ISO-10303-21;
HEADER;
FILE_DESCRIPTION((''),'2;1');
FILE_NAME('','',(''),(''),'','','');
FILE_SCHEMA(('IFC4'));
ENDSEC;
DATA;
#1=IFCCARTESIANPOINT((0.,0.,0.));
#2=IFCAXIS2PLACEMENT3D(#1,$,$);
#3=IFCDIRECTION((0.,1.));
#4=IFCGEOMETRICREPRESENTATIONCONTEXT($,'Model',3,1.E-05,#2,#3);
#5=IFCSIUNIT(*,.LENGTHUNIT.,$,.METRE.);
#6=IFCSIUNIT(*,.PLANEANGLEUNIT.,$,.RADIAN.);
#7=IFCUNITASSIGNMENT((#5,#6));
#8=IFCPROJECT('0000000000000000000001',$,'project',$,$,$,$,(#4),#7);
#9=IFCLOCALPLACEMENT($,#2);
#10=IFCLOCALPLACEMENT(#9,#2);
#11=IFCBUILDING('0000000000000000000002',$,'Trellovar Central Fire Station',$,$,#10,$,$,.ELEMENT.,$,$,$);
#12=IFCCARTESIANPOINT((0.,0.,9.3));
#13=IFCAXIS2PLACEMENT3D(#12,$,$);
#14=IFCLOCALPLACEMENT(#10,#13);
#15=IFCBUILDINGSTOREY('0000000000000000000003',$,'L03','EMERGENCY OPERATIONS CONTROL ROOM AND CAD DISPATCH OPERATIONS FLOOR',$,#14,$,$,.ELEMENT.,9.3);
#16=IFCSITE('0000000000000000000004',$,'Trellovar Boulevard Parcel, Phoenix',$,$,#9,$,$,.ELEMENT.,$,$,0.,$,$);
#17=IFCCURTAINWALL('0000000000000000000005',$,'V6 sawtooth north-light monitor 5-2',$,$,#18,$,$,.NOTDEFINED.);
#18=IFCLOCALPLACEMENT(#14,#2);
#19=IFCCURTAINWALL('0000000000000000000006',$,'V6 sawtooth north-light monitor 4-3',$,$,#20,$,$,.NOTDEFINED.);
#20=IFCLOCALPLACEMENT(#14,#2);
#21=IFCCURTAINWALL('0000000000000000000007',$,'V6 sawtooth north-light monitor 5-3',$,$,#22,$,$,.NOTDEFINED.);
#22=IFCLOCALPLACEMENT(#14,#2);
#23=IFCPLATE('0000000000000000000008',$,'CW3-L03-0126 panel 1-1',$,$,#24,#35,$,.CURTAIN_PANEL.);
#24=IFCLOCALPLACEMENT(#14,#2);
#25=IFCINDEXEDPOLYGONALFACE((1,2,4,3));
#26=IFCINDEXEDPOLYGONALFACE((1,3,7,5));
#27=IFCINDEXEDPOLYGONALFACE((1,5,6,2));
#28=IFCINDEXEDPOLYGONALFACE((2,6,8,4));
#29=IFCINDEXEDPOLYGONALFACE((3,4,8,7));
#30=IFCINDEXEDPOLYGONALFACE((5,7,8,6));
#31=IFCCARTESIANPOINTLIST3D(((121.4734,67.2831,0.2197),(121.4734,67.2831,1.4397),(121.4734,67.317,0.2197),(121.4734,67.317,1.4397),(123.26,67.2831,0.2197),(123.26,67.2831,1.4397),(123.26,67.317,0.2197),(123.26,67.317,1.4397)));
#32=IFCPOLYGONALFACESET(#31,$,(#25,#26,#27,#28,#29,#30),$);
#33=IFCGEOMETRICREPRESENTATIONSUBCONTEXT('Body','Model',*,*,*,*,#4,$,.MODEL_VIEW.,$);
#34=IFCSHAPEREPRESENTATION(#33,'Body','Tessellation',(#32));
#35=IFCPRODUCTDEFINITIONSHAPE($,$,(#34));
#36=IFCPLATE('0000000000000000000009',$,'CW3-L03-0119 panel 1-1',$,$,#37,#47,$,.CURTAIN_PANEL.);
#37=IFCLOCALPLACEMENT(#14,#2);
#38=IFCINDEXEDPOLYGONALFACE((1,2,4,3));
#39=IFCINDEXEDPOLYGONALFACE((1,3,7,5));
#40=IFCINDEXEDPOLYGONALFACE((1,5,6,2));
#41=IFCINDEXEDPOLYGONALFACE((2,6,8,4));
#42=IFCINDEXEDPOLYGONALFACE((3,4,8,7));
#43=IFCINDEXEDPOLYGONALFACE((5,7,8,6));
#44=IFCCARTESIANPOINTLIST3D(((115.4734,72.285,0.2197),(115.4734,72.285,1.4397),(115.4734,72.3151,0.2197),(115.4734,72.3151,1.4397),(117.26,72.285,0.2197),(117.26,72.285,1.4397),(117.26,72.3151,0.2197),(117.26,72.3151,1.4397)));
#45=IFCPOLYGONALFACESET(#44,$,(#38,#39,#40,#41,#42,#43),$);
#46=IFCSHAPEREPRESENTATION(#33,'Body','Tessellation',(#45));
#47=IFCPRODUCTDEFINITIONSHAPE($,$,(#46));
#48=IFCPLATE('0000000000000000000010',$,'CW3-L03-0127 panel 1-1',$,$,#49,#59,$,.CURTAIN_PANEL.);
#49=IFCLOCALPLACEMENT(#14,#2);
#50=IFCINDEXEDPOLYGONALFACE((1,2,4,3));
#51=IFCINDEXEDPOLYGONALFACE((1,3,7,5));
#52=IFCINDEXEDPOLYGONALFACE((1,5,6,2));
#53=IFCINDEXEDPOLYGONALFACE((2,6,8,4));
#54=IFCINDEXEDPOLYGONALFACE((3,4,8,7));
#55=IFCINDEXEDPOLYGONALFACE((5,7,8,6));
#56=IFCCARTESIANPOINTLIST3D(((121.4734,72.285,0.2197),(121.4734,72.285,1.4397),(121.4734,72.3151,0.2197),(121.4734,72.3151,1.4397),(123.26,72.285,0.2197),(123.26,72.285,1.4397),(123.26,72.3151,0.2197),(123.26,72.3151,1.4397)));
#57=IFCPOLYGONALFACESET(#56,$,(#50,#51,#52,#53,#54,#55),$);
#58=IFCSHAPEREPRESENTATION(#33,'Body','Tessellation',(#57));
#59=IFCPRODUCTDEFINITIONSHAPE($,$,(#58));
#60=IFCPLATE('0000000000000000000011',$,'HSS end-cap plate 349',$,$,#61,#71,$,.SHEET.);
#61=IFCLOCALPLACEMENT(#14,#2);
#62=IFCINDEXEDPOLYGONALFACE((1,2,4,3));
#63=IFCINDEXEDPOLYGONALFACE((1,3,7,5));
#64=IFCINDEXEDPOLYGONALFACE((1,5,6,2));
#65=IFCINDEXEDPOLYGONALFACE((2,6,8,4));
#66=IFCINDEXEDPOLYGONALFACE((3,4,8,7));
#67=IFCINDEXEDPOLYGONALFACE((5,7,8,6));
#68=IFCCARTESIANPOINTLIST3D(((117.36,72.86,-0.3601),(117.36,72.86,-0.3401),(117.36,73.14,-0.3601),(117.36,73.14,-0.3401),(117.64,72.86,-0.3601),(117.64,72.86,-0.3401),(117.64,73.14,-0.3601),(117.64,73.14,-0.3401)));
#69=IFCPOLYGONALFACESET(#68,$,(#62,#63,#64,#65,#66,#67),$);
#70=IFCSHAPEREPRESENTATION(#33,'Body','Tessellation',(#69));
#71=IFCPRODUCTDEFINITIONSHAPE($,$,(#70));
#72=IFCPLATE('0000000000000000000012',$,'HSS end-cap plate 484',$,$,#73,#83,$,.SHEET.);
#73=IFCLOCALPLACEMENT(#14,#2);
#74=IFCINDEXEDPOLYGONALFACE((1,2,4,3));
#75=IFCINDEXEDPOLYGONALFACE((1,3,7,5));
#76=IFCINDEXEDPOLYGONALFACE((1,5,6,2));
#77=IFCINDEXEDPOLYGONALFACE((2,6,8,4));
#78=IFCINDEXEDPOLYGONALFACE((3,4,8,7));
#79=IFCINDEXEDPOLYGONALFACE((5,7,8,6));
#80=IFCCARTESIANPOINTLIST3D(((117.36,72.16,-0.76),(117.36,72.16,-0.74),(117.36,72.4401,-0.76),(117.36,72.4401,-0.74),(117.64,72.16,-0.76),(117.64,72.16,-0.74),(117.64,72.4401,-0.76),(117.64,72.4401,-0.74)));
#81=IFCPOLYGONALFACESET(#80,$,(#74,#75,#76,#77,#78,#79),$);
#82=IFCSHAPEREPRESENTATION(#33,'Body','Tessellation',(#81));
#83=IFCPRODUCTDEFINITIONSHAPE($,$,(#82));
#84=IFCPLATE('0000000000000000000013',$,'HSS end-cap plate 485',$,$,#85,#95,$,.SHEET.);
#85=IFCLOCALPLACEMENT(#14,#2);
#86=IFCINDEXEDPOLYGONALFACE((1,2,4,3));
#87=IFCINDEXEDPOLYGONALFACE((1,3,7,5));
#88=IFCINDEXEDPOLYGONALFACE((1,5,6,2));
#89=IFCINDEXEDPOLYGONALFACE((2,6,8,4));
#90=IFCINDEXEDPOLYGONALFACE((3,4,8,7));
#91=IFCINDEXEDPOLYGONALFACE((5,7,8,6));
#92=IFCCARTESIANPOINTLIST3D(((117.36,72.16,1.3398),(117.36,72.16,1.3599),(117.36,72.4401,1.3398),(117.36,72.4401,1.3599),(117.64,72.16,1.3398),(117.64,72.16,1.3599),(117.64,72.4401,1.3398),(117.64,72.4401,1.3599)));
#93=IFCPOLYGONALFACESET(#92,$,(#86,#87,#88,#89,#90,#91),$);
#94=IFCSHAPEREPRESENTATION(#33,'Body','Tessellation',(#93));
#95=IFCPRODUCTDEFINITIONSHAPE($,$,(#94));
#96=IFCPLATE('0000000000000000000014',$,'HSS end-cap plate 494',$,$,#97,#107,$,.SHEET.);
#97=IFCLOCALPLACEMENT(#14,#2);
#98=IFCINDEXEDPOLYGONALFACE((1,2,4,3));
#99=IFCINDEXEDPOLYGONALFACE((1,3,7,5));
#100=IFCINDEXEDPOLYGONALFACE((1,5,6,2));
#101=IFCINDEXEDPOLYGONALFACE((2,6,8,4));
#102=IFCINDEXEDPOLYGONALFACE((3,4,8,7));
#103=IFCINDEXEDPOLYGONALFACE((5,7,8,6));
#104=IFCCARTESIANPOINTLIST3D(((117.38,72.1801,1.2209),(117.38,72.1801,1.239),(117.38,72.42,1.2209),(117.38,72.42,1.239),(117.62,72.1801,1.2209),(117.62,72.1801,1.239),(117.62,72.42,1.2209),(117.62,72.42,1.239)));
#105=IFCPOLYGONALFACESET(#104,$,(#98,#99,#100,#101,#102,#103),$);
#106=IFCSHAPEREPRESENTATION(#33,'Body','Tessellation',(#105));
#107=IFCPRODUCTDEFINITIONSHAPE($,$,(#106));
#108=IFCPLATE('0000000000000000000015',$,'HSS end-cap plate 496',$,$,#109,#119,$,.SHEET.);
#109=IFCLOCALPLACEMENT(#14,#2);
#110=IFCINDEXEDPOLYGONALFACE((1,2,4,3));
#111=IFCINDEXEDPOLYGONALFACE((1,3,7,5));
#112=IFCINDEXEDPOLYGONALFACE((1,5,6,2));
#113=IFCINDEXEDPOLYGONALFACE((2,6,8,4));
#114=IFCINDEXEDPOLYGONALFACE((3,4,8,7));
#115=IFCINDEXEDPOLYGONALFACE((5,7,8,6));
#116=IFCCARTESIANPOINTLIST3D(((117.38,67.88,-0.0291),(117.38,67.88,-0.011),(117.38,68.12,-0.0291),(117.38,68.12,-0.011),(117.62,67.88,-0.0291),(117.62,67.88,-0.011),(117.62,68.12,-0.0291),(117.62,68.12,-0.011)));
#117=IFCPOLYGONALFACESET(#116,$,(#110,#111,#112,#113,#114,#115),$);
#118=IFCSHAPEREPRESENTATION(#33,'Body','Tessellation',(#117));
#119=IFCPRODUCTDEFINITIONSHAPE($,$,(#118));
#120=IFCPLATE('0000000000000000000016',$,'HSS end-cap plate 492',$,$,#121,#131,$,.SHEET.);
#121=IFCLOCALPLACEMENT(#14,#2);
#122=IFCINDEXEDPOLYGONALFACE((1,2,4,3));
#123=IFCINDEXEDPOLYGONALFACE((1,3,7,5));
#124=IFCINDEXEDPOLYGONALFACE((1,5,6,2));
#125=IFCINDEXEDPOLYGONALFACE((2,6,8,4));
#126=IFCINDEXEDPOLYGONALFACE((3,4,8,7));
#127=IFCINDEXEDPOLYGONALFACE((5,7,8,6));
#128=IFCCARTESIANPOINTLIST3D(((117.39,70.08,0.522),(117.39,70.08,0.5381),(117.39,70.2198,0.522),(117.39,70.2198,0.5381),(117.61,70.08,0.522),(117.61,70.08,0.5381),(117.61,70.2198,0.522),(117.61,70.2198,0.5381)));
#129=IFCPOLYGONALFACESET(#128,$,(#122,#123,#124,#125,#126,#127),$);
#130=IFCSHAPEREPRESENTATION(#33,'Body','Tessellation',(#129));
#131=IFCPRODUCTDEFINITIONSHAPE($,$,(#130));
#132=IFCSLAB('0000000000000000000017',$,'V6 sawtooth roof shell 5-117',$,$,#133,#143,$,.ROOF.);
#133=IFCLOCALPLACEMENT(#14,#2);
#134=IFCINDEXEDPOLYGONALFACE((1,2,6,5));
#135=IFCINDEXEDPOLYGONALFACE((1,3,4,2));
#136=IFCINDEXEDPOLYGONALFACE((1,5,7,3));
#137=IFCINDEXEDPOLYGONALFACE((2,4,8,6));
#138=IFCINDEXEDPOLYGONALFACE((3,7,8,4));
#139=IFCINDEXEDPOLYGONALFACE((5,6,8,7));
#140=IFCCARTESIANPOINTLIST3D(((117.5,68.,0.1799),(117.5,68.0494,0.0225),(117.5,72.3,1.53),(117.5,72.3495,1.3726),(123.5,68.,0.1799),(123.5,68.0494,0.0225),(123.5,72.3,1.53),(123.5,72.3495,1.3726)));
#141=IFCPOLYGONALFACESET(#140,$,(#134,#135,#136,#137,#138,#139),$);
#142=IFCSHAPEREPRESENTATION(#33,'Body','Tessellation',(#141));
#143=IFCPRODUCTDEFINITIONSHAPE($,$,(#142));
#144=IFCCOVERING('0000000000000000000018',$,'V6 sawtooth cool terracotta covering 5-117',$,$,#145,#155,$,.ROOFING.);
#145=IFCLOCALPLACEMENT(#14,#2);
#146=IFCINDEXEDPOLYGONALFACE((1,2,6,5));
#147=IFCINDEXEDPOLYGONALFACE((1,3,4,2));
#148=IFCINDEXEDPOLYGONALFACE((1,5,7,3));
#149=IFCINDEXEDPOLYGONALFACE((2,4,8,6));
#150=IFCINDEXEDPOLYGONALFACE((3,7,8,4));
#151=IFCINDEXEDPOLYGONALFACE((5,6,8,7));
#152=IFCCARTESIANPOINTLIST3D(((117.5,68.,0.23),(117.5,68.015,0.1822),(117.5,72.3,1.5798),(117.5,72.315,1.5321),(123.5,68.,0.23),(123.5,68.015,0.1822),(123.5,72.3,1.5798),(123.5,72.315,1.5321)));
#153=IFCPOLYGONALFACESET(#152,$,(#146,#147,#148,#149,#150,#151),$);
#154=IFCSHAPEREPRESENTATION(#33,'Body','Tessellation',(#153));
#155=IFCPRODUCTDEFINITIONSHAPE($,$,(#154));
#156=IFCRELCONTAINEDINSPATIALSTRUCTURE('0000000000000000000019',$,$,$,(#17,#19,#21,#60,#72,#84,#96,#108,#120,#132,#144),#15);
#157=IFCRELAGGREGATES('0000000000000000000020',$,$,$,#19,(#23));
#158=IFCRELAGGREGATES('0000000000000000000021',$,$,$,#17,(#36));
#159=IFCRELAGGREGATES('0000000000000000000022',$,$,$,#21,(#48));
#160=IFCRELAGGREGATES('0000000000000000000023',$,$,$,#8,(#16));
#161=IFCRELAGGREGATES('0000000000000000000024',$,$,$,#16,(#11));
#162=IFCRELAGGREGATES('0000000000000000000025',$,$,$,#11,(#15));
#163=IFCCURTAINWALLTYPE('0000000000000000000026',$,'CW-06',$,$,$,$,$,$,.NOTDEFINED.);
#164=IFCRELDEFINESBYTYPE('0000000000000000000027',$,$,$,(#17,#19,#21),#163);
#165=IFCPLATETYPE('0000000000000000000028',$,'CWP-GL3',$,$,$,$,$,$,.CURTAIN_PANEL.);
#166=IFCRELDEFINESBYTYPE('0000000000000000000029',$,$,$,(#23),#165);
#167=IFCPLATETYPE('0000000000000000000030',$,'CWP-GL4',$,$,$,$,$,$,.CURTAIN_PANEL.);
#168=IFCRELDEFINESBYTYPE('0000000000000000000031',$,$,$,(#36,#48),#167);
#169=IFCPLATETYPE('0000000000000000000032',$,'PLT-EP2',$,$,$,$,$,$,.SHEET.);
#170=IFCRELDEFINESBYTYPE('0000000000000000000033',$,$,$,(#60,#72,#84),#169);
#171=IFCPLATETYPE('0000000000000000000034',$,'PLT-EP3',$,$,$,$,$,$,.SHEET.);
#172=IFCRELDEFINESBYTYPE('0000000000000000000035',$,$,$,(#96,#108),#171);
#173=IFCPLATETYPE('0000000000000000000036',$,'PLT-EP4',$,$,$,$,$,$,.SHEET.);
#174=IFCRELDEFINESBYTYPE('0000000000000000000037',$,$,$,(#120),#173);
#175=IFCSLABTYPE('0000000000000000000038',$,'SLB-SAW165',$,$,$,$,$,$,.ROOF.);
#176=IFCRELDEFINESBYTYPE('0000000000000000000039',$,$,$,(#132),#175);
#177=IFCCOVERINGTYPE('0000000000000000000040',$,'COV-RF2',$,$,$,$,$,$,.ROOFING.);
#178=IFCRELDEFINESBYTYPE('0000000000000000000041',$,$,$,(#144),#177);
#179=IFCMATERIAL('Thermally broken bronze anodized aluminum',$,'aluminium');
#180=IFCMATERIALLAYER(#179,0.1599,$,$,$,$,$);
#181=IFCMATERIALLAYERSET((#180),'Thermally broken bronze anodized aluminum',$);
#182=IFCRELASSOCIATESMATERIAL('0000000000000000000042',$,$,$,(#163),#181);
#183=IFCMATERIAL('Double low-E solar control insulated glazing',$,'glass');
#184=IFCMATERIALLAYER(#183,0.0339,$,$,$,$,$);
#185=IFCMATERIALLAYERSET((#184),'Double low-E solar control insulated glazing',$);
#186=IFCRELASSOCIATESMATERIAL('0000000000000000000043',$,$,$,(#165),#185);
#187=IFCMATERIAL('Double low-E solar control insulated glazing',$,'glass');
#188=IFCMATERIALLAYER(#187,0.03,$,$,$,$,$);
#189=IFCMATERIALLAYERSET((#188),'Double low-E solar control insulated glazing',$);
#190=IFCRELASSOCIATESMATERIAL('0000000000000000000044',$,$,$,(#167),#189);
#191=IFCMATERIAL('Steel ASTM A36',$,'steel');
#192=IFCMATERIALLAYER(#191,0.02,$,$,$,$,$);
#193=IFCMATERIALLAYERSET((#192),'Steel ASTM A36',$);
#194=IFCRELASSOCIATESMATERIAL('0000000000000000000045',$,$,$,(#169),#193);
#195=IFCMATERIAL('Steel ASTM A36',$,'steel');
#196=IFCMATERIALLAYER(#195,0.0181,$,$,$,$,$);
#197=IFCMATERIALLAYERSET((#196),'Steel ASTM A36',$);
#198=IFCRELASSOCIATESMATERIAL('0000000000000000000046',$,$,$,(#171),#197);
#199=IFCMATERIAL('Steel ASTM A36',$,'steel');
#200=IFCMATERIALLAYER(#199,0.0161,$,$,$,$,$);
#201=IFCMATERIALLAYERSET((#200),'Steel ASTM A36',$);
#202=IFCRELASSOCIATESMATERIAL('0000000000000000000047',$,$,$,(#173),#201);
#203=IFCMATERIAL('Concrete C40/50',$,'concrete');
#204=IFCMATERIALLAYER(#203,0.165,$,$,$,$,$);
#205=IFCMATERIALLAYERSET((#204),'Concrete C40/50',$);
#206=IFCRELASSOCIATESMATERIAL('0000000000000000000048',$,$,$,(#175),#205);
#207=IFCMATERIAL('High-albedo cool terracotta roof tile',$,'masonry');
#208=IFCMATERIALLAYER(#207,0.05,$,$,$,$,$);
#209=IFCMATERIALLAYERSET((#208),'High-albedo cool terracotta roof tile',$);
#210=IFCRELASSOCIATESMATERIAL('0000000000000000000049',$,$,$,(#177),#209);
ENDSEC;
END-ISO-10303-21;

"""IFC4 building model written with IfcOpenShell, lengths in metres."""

from ifc_helpers import new_model, si_unit, direction, frame, origin, origin_2d, place, context, subcontext, project, spatial, polyline, rectangle, outline, extrude, material, layer, layer_set, type_object, element, aggregate, save


model = new_model("IFC4")

# Units and contexts
model_context = context("Model", 3, precision=1e-05, world=origin(), true_north=direction((0.0, 1.0)))
body_context = subcontext(model_context, "Body", "Model", "MODEL_VIEW")
ifc_project = project(units=[si_unit("LENGTHUNIT", "METRE"), si_unit("PLANEANGLEUNIT", "RADIAN")], contexts=[model_context])

# Site, building, storey
site_placement = place(None, origin())
site = spatial("IfcSite", under=ifc_project, at=site_placement, Name="Trellovar Boulevard Parcel, Phoenix", CompositionType="ELEMENT", RefElevation=0.0)
building_placement = place(site_placement, origin())
building = spatial("IfcBuilding", under=site, at=building_placement, Name="Trellovar Central Fire Station", CompositionType="ELEMENT")
storey_placement = place(building_placement, frame((0.0, 0.0, 9.3)))
storey = spatial("IfcBuildingStorey", under=building, at=storey_placement, Name="L03", Description="EMERGENCY OPERATIONS CONTROL ROOM AND CAD DISPATCH OPERATIONS FLOOR", CompositionType="ELEMENT", Elevation=9.3)

# Curtain wall
ifc_material_1 = material(Name="Thermally broken bronze anodized aluminum", Category="aluminium")
ifc_layer_1 = layer(ifc_material_1, 0.1599)
ifc_layer_set_1 = layer_set([ifc_layer_1], Name="Thermally broken bronze anodized aluminum")
curtain_wall_type = type_object("IfcCurtainWallType", Name="CW-06", PredefinedType="NOTDEFINED", material=ifc_layer_set_1)
curtain_wall_1_placement = place(storey_placement, origin())
curtain_wall_1 = element("IfcCurtainWall", 1, at=curtain_wall_1_placement, inside=storey, type_object=curtain_wall_type, Name="V6 sawtooth north-light monitor 5-2", PredefinedType="NOTDEFINED")

# Curtain wall
curtain_wall_2_placement = place(storey_placement, origin())
curtain_wall_2 = element("IfcCurtainWall", 2, at=curtain_wall_2_placement, inside=storey, type_object=curtain_wall_type, Name="V6 sawtooth north-light monitor 4-3", PredefinedType="NOTDEFINED")

# Curtain wall
curtain_wall_3_placement = place(storey_placement, origin())
curtain_wall_3 = element("IfcCurtainWall", 3, at=curtain_wall_3_placement, inside=storey, type_object=curtain_wall_type, Name="V6 sawtooth north-light monitor 5-3", PredefinedType="NOTDEFINED")

# Plates
ifc_material_2 = material(Name="Double low-E solar control insulated glazing", Category="glass")
ifc_layer_2 = layer(ifc_material_2, 0.0339)
ifc_layer_set_2 = layer_set([ifc_layer_2], Name="Double low-E solar control insulated glazing")
plate_type_1 = type_object("IfcPlateType", Name="CWP-GL3", PredefinedType="CURTAIN_PANEL", material=ifc_layer_set_2)
plate_1_placement = place(storey_placement, frame((122.3667, 67.3, 0.2197), z_axis=(0.0, 0.0, 1.0), x_axis=(-1.0, 0.0, 0.0)))
plate_1 = element("IfcPlate", 4, at=plate_1_placement, type_object=plate_type_1, Name="CW3-L03-0126 panel 1-1", PredefinedType="CURTAIN_PANEL", context=body_context, shape_type="SweptSolid", body=[
    extrude(rectangle(XDim=1.7866, YDim=0.0339, at=origin_2d()), origin(), (0.0, 0.0, 1.0), 1.22),
])
aggregate(curtain_wall_2, [plate_1])
ifc_material_3 = material(Name="Double low-E solar control insulated glazing", Category="glass")
ifc_layer_3 = layer(ifc_material_3, 0.03)
ifc_layer_set_3 = layer_set([ifc_layer_3], Name="Double low-E solar control insulated glazing")
plate_type_2 = type_object("IfcPlateType", Name="CWP-GL4", PredefinedType="CURTAIN_PANEL", material=ifc_layer_set_3)
plate_2_placement = place(storey_placement, frame((116.3667, 72.3, 0.2197), z_axis=(0.0, 0.0, 1.0), x_axis=(-1.0, 0.0, 0.0)))
plate_2 = element("IfcPlate", 5, at=plate_2_placement, type_object=plate_type_2, Name="CW3-L03-0119 panel 1-1", PredefinedType="CURTAIN_PANEL", context=body_context, shape_type="SweptSolid", body=[
    extrude(rectangle(XDim=1.7866, YDim=0.03, at=origin_2d()), origin(), (0.0, 0.0, 1.0), 1.22),
])
aggregate(curtain_wall_1, [plate_2])
plate_3_placement = place(storey_placement, frame((122.3667, 72.3, 0.2197), z_axis=(0.0, 0.0, 1.0), x_axis=(-1.0, 0.0, 0.0)))
plate_3 = element("IfcPlate", 6, at=plate_3_placement, type_object=plate_type_2, Name="CW3-L03-0127 panel 1-1", PredefinedType="CURTAIN_PANEL", context=body_context, shape_type="SweptSolid", body=[
    extrude(rectangle(XDim=1.7866, YDim=0.03, at=origin_2d()), origin(), (0.0, 0.0, 1.0), 1.22),
])
aggregate(curtain_wall_3, [plate_3])

# Plates
ifc_material_4 = material(Name="Steel ASTM A36", Category="steel")
ifc_layer_4 = layer(ifc_material_4, 0.02)
ifc_layer_set_4 = layer_set([ifc_layer_4], Name="Steel ASTM A36")
plate_type_3 = type_object("IfcPlateType", Name="PLT-EP2", PredefinedType="SHEET", material=ifc_layer_set_4)
for number, where, z_axis, x_axis, name in (
    (7, (117.5, 73.0, -0.3601), (0.0, 0.0, 1.0), (1.0, 0.0, 0.0), "HSS end-cap plate 349"),
    (8, (117.5, 72.3, -0.76), (0.0, 0.0, 1.0), (1.0, 0.0, 0.0), "HSS end-cap plate 484"),
    (9, (117.5, 72.3, 1.3398), (0.0, 0.0, 1.0), (1.0, 0.0, 0.0), "HSS end-cap plate 485"),
):
    element("IfcPlate", number, at=place(storey_placement, frame(where, z_axis=z_axis, x_axis=x_axis)), inside=storey, type_object=plate_type_3, Name=name, PredefinedType="SHEET", context=body_context, shape_type="SweptSolid", body=[
        extrude(rectangle(XDim=0.28, YDim=0.28, at=origin_2d()), origin(), (0.0, 0.0, 1.0), 0.02),
    ])
ifc_material_5 = material(Name="Steel ASTM A36", Category="steel")
ifc_layer_5 = layer(ifc_material_5, 0.0181)
ifc_layer_set_5 = layer_set([ifc_layer_5], Name="Steel ASTM A36")
plate_type_4 = type_object("IfcPlateType", Name="PLT-EP3", PredefinedType="SHEET", material=ifc_layer_set_5)
for number, where, z_axis, x_axis, name in (
    (10, (117.5, 72.3, 1.2209), (0.0, 0.0, 1.0), (1.0, 0.0, 0.0), "HSS end-cap plate 494"),
    (11, (117.5, 68.0, -0.0291), (0.0, 0.0, 1.0), (1.0, 0.0, 0.0), "HSS end-cap plate 496"),
):
    element("IfcPlate", number, at=place(storey_placement, frame(where, z_axis=z_axis, x_axis=x_axis)), inside=storey, type_object=plate_type_4, Name=name, PredefinedType="SHEET", context=body_context, shape_type="SweptSolid", body=[
        extrude(rectangle(XDim=0.24, YDim=0.24, at=origin_2d()), origin(), (0.0, 0.0, 1.0), 0.0181),
    ])
ifc_material_6 = material(Name="Steel ASTM A36", Category="steel")
ifc_layer_6 = layer(ifc_material_6, 0.0161)
ifc_layer_set_6 = layer_set([ifc_layer_6], Name="Steel ASTM A36")
plate_type_5 = type_object("IfcPlateType", Name="PLT-EP4", PredefinedType="SHEET", material=ifc_layer_set_6)
plate_4_placement = place(storey_placement, frame((117.5, 70.1499, 0.522), z_axis=(0.0, 0.0, 1.0), x_axis=(1.0, 0.0, 0.0)))
element("IfcPlate", 12, at=plate_4_placement, inside=storey, type_object=plate_type_5, Name="HSS end-cap plate 492", PredefinedType="SHEET", context=body_context, shape_type="SweptSolid", body=[
    extrude(rectangle(XDim=0.22, YDim=0.1399, at=origin_2d()), origin(), (0.0, 0.0, 1.0), 0.0161),
])

# Slab
ifc_material_7 = material(Name="Concrete C40/50", Category="concrete")
ifc_layer_7 = layer(ifc_material_7, 0.165)
ifc_layer_set_7 = layer_set([ifc_layer_7], Name="Concrete C40/50")
slab_type = type_object("IfcSlabType", Name="SLB-SAW165", PredefinedType="ROOF", material=ifc_layer_set_7)
slab_placement = place(storey_placement, frame((117.5, 68.0, 0.1799), z_axis=(0.0, -0.299555, 0.954079), x_axis=(1.0, 0.0, 0.0)))
element("IfcSlab", 13, at=slab_placement, inside=storey, type_object=slab_type, Name="V6 sawtooth roof shell 5-117", PredefinedType="ROOF", context=body_context, shape_type="SweptSolid", body=[
    extrude(outline(polyline([(0.0, 0.0), (6.0, 0.0), (6.0, 4.507), (0.0, 4.507), (0.0, 0.0)])), origin(), (0.0, 0.0, -1.0), 0.165),
])

# Covering
ifc_material_8 = material(Name="High-albedo cool terracotta roof tile", Category="masonry")
ifc_layer_8 = layer(ifc_material_8, 0.05)
ifc_layer_set_8 = layer_set([ifc_layer_8], Name="High-albedo cool terracotta roof tile")
covering_type = type_object("IfcCoveringType", Name="COV-RF2", PredefinedType="ROOFING", material=ifc_layer_set_8)
covering_placement = place(storey_placement, frame((117.5, 68.0, 0.23), z_axis=(0.0, -0.299505, 0.954095), x_axis=(1.0, 0.0, 0.0)))
element("IfcCovering", 14, at=covering_placement, inside=storey, type_object=covering_type, Name="V6 sawtooth cool terracotta covering 5-117", PredefinedType="ROOFING", context=body_context, shape_type="SweptSolid", body=[
    extrude(outline(polyline([(0.0, 0.0), (6.0, 0.0), (6.0, 4.5069), (0.0, 4.5069), (0.0, 0.0)])), origin(), (0.0, 0.0, -1.0), 0.05),
])

save(model, "model.ifc")
